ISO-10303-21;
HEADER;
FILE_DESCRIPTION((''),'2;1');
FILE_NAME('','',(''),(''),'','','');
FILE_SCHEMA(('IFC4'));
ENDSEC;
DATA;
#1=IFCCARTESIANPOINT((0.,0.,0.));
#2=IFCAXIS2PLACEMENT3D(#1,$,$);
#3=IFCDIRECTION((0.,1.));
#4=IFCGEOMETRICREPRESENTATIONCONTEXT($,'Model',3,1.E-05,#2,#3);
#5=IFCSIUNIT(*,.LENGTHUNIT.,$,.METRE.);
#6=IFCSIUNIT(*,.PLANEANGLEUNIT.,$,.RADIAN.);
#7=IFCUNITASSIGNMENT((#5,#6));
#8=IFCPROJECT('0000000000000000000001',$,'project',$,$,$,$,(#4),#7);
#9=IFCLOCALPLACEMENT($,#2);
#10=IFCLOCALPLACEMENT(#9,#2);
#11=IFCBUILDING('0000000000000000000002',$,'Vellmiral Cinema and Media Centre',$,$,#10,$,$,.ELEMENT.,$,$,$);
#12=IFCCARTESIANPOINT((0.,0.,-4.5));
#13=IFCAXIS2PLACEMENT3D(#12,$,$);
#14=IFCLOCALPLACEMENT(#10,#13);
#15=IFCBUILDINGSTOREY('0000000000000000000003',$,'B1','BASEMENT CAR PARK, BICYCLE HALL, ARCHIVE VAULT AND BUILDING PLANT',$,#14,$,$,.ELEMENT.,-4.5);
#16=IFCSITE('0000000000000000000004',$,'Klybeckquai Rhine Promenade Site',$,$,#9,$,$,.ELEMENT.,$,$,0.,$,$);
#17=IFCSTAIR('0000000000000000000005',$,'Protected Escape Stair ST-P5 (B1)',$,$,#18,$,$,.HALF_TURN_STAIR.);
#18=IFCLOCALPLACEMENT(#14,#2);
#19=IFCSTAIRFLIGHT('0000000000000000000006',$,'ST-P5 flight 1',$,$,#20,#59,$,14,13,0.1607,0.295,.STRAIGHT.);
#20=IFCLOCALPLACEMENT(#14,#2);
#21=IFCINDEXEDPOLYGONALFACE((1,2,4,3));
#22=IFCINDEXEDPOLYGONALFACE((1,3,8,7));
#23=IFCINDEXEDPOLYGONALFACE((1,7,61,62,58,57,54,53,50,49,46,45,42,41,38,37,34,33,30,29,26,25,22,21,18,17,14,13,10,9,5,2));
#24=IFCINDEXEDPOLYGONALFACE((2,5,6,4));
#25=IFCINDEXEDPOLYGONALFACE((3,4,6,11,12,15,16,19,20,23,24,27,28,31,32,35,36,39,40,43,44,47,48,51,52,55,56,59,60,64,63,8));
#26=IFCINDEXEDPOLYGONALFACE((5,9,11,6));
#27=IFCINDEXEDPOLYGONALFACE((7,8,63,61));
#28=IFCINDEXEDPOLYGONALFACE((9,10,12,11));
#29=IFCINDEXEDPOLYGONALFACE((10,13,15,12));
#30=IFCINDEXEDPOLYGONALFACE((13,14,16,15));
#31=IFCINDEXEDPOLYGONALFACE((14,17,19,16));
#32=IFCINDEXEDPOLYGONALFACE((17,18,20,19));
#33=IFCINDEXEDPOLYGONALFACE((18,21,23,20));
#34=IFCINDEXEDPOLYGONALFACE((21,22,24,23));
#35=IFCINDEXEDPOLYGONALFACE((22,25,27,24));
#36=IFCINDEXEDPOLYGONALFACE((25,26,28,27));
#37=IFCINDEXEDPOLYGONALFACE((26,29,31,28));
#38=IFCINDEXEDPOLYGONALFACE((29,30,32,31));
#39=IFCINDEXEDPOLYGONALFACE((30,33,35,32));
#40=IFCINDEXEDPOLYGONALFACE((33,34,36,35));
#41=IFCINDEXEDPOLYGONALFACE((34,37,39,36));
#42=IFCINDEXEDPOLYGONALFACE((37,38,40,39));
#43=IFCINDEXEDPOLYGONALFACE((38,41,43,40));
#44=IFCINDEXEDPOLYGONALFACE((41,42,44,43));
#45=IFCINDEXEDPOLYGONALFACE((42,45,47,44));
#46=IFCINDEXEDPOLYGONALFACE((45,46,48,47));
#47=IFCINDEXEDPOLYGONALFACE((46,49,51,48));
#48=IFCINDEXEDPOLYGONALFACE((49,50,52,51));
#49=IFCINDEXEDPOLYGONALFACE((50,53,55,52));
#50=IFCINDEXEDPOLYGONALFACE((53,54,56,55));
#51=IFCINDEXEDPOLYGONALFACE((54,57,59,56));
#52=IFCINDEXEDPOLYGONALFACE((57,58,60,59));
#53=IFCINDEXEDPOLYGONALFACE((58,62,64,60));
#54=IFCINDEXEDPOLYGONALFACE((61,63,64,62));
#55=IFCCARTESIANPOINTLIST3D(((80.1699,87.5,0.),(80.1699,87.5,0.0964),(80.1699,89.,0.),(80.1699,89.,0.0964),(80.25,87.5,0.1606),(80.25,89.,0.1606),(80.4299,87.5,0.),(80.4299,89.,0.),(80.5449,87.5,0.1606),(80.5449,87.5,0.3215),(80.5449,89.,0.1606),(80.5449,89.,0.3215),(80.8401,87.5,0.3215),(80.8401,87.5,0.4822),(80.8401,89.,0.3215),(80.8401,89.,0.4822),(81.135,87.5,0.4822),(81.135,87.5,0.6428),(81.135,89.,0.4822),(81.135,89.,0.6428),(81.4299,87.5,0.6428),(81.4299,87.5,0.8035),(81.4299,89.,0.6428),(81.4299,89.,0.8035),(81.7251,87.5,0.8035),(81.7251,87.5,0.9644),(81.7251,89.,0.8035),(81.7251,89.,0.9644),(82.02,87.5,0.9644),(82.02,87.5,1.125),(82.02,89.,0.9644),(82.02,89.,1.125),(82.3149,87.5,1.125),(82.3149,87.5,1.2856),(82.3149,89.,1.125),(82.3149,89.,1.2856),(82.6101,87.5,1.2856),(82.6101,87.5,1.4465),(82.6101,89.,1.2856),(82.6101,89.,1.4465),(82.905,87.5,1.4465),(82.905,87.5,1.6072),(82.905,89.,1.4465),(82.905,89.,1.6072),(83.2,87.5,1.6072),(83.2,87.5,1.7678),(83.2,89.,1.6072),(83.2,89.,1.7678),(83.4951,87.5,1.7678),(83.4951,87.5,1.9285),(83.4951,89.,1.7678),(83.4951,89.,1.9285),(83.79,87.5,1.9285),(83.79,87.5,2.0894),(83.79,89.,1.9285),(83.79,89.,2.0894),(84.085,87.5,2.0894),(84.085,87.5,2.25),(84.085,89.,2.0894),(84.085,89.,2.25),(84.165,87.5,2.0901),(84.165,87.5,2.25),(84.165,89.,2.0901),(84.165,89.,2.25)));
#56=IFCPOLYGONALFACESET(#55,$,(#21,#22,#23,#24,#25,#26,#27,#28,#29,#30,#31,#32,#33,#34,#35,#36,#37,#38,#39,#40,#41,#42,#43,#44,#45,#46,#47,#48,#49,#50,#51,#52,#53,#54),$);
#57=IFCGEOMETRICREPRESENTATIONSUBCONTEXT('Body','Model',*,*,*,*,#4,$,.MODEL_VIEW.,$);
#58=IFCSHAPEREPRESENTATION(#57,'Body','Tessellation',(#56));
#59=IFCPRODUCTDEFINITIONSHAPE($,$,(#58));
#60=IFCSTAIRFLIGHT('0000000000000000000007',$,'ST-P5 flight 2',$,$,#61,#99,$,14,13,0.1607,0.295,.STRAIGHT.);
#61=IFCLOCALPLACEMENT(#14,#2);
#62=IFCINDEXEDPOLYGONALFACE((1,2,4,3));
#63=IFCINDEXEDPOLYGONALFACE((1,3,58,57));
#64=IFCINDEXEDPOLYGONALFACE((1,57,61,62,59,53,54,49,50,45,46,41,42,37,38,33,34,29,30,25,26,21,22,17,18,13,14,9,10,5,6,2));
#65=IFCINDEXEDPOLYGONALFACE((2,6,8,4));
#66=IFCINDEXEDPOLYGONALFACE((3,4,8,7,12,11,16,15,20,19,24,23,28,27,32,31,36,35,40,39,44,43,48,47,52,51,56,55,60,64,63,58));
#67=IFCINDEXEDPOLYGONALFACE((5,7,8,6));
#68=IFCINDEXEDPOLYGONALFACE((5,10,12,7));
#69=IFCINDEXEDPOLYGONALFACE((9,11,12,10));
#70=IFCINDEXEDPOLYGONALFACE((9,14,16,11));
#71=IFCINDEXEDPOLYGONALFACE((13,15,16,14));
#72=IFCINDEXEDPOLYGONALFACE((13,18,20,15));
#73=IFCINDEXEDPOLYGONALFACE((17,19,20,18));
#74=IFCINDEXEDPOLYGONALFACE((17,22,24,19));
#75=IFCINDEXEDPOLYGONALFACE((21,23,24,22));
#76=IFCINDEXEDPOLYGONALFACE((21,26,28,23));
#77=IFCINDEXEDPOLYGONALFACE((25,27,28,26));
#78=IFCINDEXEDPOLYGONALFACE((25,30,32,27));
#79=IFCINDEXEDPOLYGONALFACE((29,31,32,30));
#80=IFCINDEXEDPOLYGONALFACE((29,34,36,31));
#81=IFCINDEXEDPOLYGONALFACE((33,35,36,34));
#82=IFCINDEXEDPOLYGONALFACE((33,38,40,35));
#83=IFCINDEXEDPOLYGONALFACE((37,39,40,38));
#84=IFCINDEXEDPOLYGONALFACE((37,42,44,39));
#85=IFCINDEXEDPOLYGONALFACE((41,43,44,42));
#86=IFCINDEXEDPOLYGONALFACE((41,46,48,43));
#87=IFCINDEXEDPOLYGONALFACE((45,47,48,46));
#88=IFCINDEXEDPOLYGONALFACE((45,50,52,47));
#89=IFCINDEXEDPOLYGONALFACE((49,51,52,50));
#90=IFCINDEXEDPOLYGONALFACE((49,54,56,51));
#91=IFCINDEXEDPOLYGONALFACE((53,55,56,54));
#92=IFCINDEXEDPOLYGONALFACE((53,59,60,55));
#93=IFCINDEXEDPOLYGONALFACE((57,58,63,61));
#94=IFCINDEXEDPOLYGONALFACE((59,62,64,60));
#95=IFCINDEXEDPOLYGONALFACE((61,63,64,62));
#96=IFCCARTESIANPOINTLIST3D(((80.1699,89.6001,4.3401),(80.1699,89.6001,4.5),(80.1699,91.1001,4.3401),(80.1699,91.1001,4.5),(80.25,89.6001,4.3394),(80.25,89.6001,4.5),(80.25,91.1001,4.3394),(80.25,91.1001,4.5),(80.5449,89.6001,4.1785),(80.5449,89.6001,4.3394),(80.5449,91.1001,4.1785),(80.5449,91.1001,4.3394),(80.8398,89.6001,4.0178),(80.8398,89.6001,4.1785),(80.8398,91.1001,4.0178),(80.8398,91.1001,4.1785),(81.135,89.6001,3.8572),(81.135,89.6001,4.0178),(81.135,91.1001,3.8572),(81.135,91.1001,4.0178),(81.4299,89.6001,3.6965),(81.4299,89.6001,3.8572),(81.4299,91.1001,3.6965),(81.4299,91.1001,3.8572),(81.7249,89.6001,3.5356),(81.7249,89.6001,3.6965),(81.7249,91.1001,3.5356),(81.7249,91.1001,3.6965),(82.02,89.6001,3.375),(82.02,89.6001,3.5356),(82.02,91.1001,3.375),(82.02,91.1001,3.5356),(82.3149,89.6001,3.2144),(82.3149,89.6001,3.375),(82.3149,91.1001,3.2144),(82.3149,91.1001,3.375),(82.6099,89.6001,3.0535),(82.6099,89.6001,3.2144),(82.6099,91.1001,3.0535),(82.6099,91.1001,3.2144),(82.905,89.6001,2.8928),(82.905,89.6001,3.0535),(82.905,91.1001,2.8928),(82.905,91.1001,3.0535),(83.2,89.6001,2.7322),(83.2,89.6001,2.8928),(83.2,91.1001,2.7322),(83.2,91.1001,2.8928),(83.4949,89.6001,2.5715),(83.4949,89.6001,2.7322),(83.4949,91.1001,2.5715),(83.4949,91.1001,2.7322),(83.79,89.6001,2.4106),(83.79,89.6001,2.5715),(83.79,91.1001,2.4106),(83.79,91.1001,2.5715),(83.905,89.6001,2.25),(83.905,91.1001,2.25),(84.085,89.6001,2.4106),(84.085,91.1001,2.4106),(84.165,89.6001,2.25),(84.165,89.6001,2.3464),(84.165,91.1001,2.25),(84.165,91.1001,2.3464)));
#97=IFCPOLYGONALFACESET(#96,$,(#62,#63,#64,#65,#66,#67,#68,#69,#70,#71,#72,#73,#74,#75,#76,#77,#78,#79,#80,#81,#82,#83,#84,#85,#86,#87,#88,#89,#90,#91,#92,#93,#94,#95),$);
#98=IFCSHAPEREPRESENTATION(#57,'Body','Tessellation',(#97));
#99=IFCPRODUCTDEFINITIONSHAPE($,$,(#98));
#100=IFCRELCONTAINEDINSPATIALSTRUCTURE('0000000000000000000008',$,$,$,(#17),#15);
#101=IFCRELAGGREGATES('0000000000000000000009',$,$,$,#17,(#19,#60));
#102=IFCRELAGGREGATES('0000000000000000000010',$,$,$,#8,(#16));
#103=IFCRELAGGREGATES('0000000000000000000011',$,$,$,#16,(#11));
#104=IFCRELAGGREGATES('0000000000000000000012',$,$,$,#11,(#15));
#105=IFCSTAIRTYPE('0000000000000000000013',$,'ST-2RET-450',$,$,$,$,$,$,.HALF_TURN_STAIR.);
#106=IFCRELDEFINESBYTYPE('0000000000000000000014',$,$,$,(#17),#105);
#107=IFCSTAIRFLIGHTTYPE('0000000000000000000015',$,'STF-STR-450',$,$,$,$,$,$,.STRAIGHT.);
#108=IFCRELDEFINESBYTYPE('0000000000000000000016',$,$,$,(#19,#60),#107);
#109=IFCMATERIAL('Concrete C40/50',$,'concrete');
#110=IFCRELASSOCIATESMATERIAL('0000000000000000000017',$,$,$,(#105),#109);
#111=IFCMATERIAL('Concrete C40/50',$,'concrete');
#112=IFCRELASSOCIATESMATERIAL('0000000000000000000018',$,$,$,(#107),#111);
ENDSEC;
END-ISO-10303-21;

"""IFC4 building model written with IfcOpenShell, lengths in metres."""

from ifc_helpers import new_model, si_unit, direction, frame, origin, place, context, subcontext, project, spatial, polyline, outline, extrude, material, type_object, element, aggregate, save


model = new_model("IFC4")

# Units and contexts
model_context = context("Model", 3, precision=1e-05, world=origin(), true_north=direction((0.0, 1.0)))
body_context = subcontext(model_context, "Body", "Model", "MODEL_VIEW")
ifc_project = project(units=[si_unit("LENGTHUNIT", "METRE"), si_unit("PLANEANGLEUNIT", "RADIAN")], contexts=[model_context])

# Site, building, storey
site_placement = place(None, origin())
site = spatial("IfcSite", under=ifc_project, at=site_placement, Name="Klybeckquai Rhine Promenade Site", CompositionType="ELEMENT", RefElevation=0.0)
building_placement = place(site_placement, origin())
building = spatial("IfcBuilding", under=site, at=building_placement, Name="Vellmiral Cinema and Media Centre", CompositionType="ELEMENT")
storey_placement = place(building_placement, frame((0.0, 0.0, -4.5)))
storey = spatial("IfcBuildingStorey", under=building, at=storey_placement, Name="B1", Description="BASEMENT CAR PARK, BICYCLE HALL, ARCHIVE VAULT AND BUILDING PLANT", CompositionType="ELEMENT", Elevation=-4.5)

# Stair, stair flights
ifc_material_1 = material(Name="Concrete C40/50", Category="concrete")
stair_type = type_object("IfcStairType", Name="ST-2RET-450", PredefinedType="HALF_TURN_STAIR", material=ifc_material_1)
stair_placement = place(storey_placement, origin())
stair = element("IfcStair", 1, at=stair_placement, inside=storey, type_object=stair_type, Name="Protected Escape Stair ST-P5 (B1)", PredefinedType="HALF_TURN_STAIR")
ifc_material_2 = material(Name="Concrete C40/50", Category="concrete")
stair_flight_type = type_object("IfcStairFlightType", Name="STF-STR-450", PredefinedType="STRAIGHT", material=ifc_material_2)
stair_flight_1_placement = place(storey_placement, frame((80.25, 88.25, 0.0), z_axis=(0.0, 0.0, 1.0), x_axis=(1.0, 0.0, 0.0)))
stair_flight_1 = element("IfcStairFlight", 2, at=stair_flight_1_placement, type_object=stair_flight_type, Name="ST-P5 flight 1", NumberOfRisers=14, NumberOfTreads=13, PredefinedType="STRAIGHT", RiserHeight=0.1607, TreadLength=0.295, context=body_context, shape_type="SweptSolid", body=[
    extrude(outline(polyline([(-0.0801, 0.0), (-0.0801, 0.0964), (0.0, 0.1606), (0.2949, 0.1606), (0.2949, 0.3215), (0.5901, 0.3215), (0.5901, 0.4822), (0.885, 0.4822), (0.885, 0.6428), (1.1799, 0.6428), (1.1799, 0.8035), (1.4751, 0.8035), (1.4751, 0.9644), (1.77, 0.9644), (1.77, 1.125), (2.0649, 1.125), (2.0649, 1.2856), (2.3601, 1.2856), (2.3601, 1.4465), (2.655, 1.4465), (2.655, 1.6072), (2.95, 1.6072), (2.95, 1.7678), (3.2451, 1.7678), (3.2451, 1.9285), (3.54, 1.9285), (3.54, 2.0894), (3.835, 2.0894), (3.835, 2.25), (3.915, 2.25), (3.915, 2.0901), (0.1799, 0.0), (-0.0801, 0.0)])), frame((0.0, 0.75, 0.0), z_axis=(0.0, -1.0, 0.0), x_axis=(1.0, 0.0, 0.0)), (0.0, 0.0, 1.0), 1.5),
])
stair_flight_2_placement = place(storey_placement, frame((84.085, 90.3501, 2.25), z_axis=(0.0, 0.0, 1.0), x_axis=(-1.0, 0.0, 0.0)))
stair_flight_2 = element("IfcStairFlight", 3, at=stair_flight_2_placement, type_object=stair_flight_type, Name="ST-P5 flight 2", NumberOfRisers=14, NumberOfTreads=13, PredefinedType="STRAIGHT", RiserHeight=0.1607, TreadLength=0.295, context=body_context, shape_type="SweptSolid", body=[
    extrude(outline(polyline([(-0.0801, 0.0), (-0.0801, 0.0964), (0.0, 0.1606), (0.2949, 0.1606), (0.2949, 0.3215), (0.5901, 0.3215), (0.5901, 0.4822), (0.885, 0.4822), (0.885, 0.6428), (1.1799, 0.6428), (1.1799, 0.8035), (1.4751, 0.8035), (1.4751, 0.9644), (1.77, 0.9644), (1.77, 1.125), (2.0649, 1.125), (2.0649, 1.2856), (2.3601, 1.2856), (2.3601, 1.4465), (2.655, 1.4465), (2.655, 1.6072), (2.95, 1.6072), (2.95, 1.7678), (3.2451, 1.7678), (3.2451, 1.9285), (3.54, 1.9285), (3.54, 2.0894), (3.835, 2.0894), (3.835, 2.25), (3.915, 2.25), (3.915, 2.0901), (0.1799, 0.0), (-0.0801, 0.0)])), frame((0.0, 0.75, 0.0), z_axis=(0.0, -1.0, 0.0), x_axis=(1.0, 0.0, 0.0)), (0.0, 0.0, 1.0), 1.5),
])
aggregate(stair, [stair_flight_1, stair_flight_2])

save(model, "model.ifc")
